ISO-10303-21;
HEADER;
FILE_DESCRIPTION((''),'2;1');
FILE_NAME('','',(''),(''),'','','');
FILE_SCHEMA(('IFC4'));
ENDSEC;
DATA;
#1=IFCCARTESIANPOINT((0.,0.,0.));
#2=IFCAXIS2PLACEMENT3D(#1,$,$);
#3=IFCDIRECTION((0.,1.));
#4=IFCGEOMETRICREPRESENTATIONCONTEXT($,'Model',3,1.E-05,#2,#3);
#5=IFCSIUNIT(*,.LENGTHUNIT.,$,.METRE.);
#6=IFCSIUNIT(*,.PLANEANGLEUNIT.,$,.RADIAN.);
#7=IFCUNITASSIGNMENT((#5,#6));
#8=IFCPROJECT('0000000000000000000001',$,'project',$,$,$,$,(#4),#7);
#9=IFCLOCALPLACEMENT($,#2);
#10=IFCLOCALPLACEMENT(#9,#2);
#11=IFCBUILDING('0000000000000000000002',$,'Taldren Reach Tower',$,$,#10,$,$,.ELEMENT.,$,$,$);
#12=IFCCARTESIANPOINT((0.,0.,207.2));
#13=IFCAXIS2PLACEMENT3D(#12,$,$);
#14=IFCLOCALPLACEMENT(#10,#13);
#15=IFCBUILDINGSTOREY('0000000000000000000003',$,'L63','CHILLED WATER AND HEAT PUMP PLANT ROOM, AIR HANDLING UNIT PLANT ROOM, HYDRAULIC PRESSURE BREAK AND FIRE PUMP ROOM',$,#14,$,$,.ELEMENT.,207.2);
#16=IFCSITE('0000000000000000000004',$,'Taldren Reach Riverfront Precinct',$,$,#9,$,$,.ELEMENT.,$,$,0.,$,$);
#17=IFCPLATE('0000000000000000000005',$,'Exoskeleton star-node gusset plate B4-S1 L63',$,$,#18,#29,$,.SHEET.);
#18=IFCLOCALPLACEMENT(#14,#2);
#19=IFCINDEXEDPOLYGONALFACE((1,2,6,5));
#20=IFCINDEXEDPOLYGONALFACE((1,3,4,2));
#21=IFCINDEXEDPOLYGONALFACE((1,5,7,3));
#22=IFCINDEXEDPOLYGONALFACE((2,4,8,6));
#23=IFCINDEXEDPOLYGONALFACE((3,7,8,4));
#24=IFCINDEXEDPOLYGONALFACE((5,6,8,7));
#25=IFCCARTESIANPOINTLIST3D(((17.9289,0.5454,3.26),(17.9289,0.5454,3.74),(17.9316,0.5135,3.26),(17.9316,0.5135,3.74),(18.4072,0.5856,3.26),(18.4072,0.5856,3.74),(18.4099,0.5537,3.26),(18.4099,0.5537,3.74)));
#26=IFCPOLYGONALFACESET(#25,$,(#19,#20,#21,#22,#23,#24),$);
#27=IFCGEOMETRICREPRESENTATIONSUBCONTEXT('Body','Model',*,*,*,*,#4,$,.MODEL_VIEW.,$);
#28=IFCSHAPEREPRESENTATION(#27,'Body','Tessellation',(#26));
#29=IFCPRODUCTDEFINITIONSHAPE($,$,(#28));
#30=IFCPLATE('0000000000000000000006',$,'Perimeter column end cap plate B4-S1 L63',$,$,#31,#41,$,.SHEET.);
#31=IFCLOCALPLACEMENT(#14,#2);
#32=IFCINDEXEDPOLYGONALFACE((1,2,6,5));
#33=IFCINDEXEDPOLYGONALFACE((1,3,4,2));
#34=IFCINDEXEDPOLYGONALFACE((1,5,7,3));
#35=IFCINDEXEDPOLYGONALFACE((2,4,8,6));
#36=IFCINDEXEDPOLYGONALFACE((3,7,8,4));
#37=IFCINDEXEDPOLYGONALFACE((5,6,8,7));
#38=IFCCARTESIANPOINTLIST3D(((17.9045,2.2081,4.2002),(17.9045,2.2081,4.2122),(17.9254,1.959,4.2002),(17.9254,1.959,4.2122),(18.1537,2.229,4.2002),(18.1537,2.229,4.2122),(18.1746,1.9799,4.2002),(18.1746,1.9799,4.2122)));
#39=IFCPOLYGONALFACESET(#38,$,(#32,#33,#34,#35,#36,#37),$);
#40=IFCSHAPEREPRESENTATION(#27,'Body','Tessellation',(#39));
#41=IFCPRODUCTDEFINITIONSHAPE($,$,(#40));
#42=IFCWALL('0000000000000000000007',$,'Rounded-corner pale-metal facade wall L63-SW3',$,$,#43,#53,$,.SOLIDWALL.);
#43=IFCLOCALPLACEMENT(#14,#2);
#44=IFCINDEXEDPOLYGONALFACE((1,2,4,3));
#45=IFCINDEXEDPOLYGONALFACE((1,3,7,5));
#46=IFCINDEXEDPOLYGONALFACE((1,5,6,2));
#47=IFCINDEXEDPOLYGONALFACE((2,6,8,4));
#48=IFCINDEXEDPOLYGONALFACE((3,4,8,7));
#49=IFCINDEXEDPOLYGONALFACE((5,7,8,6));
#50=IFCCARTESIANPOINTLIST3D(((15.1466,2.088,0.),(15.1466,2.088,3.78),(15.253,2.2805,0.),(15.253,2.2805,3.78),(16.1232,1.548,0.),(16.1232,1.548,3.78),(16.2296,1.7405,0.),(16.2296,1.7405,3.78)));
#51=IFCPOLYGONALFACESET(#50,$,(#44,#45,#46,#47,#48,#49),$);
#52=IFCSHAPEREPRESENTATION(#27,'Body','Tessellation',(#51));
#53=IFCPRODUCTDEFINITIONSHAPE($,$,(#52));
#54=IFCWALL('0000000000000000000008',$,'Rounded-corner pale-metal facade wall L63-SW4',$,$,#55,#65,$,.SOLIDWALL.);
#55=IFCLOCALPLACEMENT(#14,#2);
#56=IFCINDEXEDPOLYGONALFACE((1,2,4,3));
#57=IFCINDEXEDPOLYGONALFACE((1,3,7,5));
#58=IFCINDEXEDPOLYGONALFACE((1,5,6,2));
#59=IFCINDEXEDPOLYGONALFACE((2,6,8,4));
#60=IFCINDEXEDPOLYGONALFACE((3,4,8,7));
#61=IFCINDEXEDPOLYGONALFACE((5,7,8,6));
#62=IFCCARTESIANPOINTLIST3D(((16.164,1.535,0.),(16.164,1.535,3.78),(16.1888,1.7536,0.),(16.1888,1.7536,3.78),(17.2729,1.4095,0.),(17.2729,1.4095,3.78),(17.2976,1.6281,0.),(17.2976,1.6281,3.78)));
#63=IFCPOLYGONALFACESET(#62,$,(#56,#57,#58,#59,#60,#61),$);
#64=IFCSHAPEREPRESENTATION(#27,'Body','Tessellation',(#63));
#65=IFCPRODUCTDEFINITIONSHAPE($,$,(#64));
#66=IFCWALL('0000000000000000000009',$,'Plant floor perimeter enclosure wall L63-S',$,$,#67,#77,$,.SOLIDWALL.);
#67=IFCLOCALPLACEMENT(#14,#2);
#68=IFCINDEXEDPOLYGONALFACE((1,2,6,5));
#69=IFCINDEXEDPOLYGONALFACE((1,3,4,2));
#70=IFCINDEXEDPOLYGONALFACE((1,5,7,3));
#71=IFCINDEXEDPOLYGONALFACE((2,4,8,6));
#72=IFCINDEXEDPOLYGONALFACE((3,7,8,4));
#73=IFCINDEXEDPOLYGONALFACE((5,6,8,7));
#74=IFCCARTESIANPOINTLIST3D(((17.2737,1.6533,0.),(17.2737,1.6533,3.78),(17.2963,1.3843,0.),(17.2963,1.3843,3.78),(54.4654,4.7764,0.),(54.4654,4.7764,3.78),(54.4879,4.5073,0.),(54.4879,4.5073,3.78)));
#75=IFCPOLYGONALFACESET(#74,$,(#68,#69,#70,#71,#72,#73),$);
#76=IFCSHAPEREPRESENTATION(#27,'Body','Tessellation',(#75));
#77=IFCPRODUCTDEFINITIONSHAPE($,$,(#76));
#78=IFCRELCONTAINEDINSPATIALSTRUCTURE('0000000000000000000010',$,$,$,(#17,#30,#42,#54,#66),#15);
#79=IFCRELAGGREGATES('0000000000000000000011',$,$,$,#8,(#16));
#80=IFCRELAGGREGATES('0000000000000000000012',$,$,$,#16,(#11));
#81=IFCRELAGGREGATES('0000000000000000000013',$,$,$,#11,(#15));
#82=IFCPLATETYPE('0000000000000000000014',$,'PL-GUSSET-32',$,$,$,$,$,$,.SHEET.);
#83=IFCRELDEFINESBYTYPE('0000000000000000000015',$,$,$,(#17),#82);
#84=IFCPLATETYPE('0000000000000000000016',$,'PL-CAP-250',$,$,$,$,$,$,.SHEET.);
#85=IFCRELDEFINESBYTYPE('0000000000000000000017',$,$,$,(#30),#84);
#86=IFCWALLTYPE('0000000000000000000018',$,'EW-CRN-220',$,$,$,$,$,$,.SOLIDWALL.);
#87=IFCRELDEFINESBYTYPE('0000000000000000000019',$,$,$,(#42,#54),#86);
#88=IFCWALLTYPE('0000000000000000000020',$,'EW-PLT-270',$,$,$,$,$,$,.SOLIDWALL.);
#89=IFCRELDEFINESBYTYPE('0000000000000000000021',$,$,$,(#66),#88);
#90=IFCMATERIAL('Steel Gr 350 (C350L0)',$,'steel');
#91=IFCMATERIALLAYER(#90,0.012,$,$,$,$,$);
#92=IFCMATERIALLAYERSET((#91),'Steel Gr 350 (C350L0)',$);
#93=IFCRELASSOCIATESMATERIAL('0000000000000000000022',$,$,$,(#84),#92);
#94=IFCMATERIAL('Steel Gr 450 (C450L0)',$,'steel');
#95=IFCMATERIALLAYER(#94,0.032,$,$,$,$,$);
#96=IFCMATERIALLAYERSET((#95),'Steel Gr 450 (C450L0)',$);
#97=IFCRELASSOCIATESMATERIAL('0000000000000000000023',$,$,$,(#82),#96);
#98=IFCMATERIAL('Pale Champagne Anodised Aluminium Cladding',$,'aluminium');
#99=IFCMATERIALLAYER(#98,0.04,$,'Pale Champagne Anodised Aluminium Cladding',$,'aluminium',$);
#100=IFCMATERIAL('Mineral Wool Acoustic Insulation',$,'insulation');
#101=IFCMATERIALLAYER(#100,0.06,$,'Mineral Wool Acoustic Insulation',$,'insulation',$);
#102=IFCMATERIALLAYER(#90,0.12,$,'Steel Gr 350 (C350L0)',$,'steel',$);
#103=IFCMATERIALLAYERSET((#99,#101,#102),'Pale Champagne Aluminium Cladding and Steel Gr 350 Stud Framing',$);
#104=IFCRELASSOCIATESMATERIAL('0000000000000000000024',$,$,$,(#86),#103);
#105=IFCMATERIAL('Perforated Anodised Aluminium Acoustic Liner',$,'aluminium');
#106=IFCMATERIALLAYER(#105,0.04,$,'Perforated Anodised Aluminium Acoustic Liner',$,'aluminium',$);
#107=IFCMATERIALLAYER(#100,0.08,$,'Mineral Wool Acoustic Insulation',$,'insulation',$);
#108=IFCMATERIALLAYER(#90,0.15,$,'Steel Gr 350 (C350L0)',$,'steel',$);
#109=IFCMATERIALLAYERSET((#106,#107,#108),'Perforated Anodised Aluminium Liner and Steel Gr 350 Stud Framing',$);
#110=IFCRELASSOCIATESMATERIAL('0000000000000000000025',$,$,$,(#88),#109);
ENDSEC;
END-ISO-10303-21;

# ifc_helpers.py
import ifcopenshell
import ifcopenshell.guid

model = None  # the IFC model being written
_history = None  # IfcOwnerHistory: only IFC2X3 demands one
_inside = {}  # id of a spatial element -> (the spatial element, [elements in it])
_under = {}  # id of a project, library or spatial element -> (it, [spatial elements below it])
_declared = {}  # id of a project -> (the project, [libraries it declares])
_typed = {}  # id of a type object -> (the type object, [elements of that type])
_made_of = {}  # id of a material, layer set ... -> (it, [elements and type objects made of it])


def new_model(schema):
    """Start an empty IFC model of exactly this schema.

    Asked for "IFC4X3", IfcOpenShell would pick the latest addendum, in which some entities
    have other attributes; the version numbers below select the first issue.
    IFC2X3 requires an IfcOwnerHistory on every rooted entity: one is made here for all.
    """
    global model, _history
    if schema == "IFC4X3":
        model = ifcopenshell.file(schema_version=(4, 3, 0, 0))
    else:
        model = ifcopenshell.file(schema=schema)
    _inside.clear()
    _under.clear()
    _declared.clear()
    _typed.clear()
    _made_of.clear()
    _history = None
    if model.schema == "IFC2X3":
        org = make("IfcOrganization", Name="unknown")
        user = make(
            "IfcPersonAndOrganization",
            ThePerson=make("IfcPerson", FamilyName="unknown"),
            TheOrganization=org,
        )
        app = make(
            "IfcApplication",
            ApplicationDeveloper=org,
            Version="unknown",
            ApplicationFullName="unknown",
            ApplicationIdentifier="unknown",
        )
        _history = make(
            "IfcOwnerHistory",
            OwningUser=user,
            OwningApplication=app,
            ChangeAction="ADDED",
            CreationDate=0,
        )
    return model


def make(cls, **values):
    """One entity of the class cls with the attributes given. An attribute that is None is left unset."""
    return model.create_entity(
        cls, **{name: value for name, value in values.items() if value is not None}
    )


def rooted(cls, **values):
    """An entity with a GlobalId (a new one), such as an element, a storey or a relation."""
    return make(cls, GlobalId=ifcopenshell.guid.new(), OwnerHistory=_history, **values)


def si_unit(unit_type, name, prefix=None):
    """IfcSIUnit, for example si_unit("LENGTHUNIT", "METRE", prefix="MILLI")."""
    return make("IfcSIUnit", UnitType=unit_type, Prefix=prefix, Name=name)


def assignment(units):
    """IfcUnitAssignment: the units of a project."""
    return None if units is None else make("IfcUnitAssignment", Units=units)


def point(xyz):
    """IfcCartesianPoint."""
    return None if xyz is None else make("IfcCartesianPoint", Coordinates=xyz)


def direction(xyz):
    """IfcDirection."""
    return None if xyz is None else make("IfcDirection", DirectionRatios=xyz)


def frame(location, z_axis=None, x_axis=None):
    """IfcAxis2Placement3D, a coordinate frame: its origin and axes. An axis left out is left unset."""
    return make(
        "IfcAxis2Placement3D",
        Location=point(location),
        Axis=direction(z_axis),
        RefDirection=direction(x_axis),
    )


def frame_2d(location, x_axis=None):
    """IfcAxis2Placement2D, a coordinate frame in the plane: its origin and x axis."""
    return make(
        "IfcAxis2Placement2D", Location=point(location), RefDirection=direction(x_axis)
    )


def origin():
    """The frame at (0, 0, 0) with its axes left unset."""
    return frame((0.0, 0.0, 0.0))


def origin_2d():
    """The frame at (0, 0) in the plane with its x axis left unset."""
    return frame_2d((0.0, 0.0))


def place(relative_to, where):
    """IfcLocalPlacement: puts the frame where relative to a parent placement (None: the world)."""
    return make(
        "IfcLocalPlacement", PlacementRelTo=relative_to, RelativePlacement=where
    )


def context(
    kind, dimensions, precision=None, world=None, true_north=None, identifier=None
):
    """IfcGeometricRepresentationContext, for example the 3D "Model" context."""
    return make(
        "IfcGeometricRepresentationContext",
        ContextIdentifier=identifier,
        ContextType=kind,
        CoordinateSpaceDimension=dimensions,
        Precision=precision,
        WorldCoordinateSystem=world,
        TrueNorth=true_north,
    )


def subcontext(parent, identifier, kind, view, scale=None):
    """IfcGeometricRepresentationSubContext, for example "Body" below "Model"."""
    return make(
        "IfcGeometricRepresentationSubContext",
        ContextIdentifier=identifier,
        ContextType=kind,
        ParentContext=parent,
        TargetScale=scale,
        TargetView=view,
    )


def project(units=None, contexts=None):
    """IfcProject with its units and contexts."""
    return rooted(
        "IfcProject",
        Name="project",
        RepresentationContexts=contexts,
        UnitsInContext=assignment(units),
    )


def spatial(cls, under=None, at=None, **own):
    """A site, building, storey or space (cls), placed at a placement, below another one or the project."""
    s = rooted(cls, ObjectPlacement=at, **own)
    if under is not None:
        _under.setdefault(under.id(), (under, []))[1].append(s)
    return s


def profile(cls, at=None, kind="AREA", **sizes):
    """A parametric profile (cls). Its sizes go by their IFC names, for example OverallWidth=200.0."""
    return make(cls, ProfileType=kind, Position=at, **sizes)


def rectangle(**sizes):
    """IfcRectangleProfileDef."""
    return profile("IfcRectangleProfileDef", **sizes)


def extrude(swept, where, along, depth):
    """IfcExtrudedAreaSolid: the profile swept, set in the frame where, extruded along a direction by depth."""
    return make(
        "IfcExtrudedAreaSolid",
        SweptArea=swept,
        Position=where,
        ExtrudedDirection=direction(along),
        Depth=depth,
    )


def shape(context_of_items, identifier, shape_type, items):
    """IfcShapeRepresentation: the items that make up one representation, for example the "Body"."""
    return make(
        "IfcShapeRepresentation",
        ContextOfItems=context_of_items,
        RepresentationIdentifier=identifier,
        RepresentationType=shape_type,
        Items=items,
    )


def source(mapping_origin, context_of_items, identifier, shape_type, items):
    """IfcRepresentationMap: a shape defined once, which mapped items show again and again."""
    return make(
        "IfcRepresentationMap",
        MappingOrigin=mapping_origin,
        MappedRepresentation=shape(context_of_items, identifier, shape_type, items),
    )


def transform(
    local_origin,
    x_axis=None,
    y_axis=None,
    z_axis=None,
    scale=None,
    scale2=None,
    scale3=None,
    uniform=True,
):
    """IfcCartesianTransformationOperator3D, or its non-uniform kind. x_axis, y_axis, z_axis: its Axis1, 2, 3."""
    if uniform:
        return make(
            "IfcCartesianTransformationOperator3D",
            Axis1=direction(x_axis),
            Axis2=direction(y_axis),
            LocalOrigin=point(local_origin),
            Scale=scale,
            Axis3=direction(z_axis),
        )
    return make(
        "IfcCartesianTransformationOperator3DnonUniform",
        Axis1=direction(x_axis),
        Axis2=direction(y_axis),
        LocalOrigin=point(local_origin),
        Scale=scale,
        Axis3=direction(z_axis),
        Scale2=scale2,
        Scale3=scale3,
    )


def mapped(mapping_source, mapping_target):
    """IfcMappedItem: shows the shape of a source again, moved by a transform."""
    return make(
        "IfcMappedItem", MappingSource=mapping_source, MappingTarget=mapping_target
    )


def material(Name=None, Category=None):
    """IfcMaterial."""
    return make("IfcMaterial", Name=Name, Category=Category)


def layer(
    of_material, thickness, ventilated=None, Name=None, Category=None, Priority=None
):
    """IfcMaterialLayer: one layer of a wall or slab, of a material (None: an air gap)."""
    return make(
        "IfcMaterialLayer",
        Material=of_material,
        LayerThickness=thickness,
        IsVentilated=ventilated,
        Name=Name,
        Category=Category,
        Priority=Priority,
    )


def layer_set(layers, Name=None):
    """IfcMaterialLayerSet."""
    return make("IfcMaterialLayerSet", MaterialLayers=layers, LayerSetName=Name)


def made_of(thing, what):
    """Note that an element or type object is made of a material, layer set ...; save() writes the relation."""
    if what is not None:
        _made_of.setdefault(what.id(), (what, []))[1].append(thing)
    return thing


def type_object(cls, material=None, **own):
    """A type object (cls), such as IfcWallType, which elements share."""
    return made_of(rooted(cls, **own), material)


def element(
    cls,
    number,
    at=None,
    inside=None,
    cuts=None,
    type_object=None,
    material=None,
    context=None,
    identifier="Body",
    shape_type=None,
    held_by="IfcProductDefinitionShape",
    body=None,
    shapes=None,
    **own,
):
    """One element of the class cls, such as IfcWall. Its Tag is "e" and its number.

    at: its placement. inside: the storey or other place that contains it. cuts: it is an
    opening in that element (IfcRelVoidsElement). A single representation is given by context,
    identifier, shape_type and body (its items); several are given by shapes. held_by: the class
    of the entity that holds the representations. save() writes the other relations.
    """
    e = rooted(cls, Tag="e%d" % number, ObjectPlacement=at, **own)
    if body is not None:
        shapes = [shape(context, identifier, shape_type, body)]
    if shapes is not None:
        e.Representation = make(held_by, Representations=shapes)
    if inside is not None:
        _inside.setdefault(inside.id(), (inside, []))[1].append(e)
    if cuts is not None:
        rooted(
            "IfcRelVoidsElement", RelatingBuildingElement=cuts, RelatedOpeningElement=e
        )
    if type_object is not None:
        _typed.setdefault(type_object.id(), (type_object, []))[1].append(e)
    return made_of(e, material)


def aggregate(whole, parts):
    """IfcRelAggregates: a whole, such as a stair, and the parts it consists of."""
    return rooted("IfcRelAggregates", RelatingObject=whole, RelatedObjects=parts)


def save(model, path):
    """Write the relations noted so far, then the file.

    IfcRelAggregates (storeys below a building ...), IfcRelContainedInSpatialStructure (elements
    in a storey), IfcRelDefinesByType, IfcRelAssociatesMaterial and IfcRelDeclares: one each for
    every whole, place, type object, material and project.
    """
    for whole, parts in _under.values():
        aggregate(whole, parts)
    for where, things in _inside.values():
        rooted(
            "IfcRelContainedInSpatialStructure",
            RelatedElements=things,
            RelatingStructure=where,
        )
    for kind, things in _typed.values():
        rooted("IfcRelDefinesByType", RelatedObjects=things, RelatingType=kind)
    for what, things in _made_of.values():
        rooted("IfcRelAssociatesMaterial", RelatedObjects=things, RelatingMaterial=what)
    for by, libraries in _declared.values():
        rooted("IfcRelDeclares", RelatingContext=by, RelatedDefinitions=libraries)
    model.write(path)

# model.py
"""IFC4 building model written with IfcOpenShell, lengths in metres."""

from ifc_helpers import new_model, si_unit, direction, frame, frame_2d, origin, origin_2d, place, context, subcontext, project, spatial, rectangle, extrude, source, transform, mapped, material, layer, layer_set, type_object, element, save


model = new_model("IFC4")

# Units and contexts
model_context = context("Model", 3, precision=1e-05, world=origin(), true_north=direction((0.0, 1.0)))
body_context = subcontext(model_context, "Body", "Model", "MODEL_VIEW")
ifc_project = project(units=[si_unit("LENGTHUNIT", "METRE"), si_unit("PLANEANGLEUNIT", "RADIAN")], contexts=[model_context])

# Site, building, storey
site_placement = place(None, origin())
site = spatial("IfcSite", under=ifc_project, at=site_placement, Name="Taldren Reach Riverfront Precinct", CompositionType="ELEMENT", RefElevation=0.0)
building_placement = place(site_placement, origin())
building = spatial("IfcBuilding", under=site, at=building_placement, Name="Taldren Reach Tower", CompositionType="ELEMENT")
storey_placement = place(building_placement, frame((0.0, 0.0, 207.2)))
storey = spatial("IfcBuildingStorey", under=building, at=storey_placement, Name="L63", Description="CHILLED WATER AND HEAT PUMP PLANT ROOM, AIR HANDLING UNIT PLANT ROOM, HYDRAULIC PRESSURE BREAK AND FIRE PUMP ROOM", CompositionType="ELEMENT", Elevation=207.2)

# Shared definitions
ifc_material_1 = material(Name="Steel Gr 450 (C450L0)", Category="steel")
ifc_material_2 = material(Name="Steel Gr 350 (C350L0)", Category="steel")

# Plates
ifc_layer_1 = layer(ifc_material_2, 0.012)
ifc_layer_set_1 = layer_set([ifc_layer_1], Name="Steel Gr 350 (C350L0)")
plate_type_1 = type_object("IfcPlateType", Name="PL-CAP-250", PredefinedType="SHEET", material=ifc_layer_set_1)
ifc_layer_2 = layer(ifc_material_1, 0.032)
ifc_layer_set_2 = layer_set([ifc_layer_2], Name="Steel Gr 450 (C450L0)")
plate_type_2 = type_object("IfcPlateType", Name="PL-GUSSET-32", PredefinedType="SHEET", material=ifc_layer_set_2)
shared_shape_1 = source(origin(), body_context, "Body", "SweptSolid", [
    extrude(rectangle(XDim=0.48, YDim=0.032, at=origin_2d()), origin(), (0.0, 0.0, 1.0), 0.48),
])
plate_1_placement = place(storey_placement, frame((18.1694, 0.5496, 3.26), z_axis=(0.0, 0.0, 1.0), x_axis=(0.996493, 0.083678, 0.0)))
element("IfcPlate", 1, at=plate_1_placement, inside=storey, type_object=plate_type_2, Name="Exoskeleton star-node gusset plate B4-S1 L63", PredefinedType="SHEET", context=body_context, shape_type="MappedRepresentation", body=[
    mapped(shared_shape_1, transform((0.0, 0.0, 0.0), scale=1.0)),
])
shared_shape_2 = source(origin(), body_context, "Body", "SweptSolid", [
    extrude(rectangle(XDim=0.25, YDim=0.25, at=origin_2d()), origin(), (0.0, 0.0, 1.0), 0.012),
])
plate_2_placement = place(storey_placement, frame((18.0396, 2.094, 4.2002), z_axis=(0.0, 0.0, 1.0), x_axis=(0.996493, 0.083678, 0.0)))
element("IfcPlate", 2, at=plate_2_placement, inside=storey, type_object=plate_type_1, Name="Perimeter column end cap plate B4-S1 L63", PredefinedType="SHEET", context=body_context, shape_type="MappedRepresentation", body=[
    mapped(shared_shape_2, transform((0.0, 0.0, 0.0), scale=1.0)),
])

# Walls
ifc_material_3 = material(Name="Pale Champagne Anodised Aluminium Cladding", Category="aluminium")
ifc_layer_3 = layer(ifc_material_3, 0.04, Name="Pale Champagne Anodised Aluminium Cladding", Category="aluminium")
ifc_material_4 = material(Name="Mineral Wool Acoustic Insulation", Category="insulation")
ifc_layer_4 = layer(ifc_material_4, 0.06, Name="Mineral Wool Acoustic Insulation", Category="insulation")
ifc_layer_5 = layer(ifc_material_2, 0.12, Name="Steel Gr 350 (C350L0)", Category="steel")
ifc_layer_set_3 = layer_set([ifc_layer_3, ifc_layer_4, ifc_layer_5], Name="Pale Champagne Aluminium Cladding and Steel Gr 350 Stud Framing")
wall_type_1 = type_object("IfcWallType", Name="EW-CRN-220", PredefinedType="SOLIDWALL", material=ifc_layer_set_3)
shared_shape_3 = source(origin(), body_context, "Body", "SweptSolid", [
    extrude(rectangle(XDim=1.116, YDim=0.22, at=frame_2d((0.5581, 0.0))), origin(), (0.0, 0.0, 1.0), 3.78),
])
for number, where, z_axis, x_axis, name in (
    (3, (15.1997, 2.1843, 0.0), (0.0, 0.0, 1.0), (0.875105, -0.483933, 0.0), "Rounded-corner pale-metal facade wall L63-SW3"),
    (4, (16.1763, 1.6443, 0.0), (0.0, 0.0, 1.0), (0.993658, -0.112448, 0.0), "Rounded-corner pale-metal facade wall L63-SW4"),
):
    element("IfcWall", number, at=place(storey_placement, frame(where, z_axis=z_axis, x_axis=x_axis)), inside=storey, type_object=wall_type_1, Name=name, PredefinedType="SOLIDWALL", context=body_context, shape_type="MappedRepresentation", body=[
        mapped(shared_shape_3, transform((0.0, 0.0, 0.0), scale=1.0)),
    ])
ifc_material_5 = material(Name="Perforated Anodised Aluminium Acoustic Liner", Category="aluminium")
ifc_layer_6 = layer(ifc_material_5, 0.04, Name="Perforated Anodised Aluminium Acoustic Liner", Category="aluminium")
ifc_layer_7 = layer(ifc_material_4, 0.08, Name="Mineral Wool Acoustic Insulation", Category="insulation")
ifc_layer_8 = layer(ifc_material_2, 0.15, Name="Steel Gr 350 (C350L0)", Category="steel")
ifc_layer_set_4 = layer_set([ifc_layer_6, ifc_layer_7, ifc_layer_8], Name="Perforated Anodised Aluminium Liner and Steel Gr 350 Stud Framing")
wall_type_2 = type_object("IfcWallType", Name="EW-PLT-270", PredefinedType="SOLIDWALL", material=ifc_layer_set_4)
shared_shape_4 = source(origin(), body_context, "Body", "SweptSolid", [
    extrude(rectangle(XDim=37.3225, YDim=0.27, at=frame_2d((18.6611, 0.0))), origin(), (0.0, 0.0, 1.0), 3.78),
])
wall_placement = place(storey_placement, frame((17.2852, 1.5188, 0.0), z_axis=(0.0, 0.0, 1.0), x_axis=(0.996493, 0.083677, 0.0)))
element("IfcWall", 5, at=wall_placement, inside=storey, type_object=wall_type_2, Name="Plant floor perimeter enclosure wall L63-S", PredefinedType="SOLIDWALL", context=body_context, shape_type="MappedRepresentation", body=[
    mapped(shared_shape_4, transform((0.0, 0.0, 0.0), scale=1.0)),
])

save(model, "model.ifc")
